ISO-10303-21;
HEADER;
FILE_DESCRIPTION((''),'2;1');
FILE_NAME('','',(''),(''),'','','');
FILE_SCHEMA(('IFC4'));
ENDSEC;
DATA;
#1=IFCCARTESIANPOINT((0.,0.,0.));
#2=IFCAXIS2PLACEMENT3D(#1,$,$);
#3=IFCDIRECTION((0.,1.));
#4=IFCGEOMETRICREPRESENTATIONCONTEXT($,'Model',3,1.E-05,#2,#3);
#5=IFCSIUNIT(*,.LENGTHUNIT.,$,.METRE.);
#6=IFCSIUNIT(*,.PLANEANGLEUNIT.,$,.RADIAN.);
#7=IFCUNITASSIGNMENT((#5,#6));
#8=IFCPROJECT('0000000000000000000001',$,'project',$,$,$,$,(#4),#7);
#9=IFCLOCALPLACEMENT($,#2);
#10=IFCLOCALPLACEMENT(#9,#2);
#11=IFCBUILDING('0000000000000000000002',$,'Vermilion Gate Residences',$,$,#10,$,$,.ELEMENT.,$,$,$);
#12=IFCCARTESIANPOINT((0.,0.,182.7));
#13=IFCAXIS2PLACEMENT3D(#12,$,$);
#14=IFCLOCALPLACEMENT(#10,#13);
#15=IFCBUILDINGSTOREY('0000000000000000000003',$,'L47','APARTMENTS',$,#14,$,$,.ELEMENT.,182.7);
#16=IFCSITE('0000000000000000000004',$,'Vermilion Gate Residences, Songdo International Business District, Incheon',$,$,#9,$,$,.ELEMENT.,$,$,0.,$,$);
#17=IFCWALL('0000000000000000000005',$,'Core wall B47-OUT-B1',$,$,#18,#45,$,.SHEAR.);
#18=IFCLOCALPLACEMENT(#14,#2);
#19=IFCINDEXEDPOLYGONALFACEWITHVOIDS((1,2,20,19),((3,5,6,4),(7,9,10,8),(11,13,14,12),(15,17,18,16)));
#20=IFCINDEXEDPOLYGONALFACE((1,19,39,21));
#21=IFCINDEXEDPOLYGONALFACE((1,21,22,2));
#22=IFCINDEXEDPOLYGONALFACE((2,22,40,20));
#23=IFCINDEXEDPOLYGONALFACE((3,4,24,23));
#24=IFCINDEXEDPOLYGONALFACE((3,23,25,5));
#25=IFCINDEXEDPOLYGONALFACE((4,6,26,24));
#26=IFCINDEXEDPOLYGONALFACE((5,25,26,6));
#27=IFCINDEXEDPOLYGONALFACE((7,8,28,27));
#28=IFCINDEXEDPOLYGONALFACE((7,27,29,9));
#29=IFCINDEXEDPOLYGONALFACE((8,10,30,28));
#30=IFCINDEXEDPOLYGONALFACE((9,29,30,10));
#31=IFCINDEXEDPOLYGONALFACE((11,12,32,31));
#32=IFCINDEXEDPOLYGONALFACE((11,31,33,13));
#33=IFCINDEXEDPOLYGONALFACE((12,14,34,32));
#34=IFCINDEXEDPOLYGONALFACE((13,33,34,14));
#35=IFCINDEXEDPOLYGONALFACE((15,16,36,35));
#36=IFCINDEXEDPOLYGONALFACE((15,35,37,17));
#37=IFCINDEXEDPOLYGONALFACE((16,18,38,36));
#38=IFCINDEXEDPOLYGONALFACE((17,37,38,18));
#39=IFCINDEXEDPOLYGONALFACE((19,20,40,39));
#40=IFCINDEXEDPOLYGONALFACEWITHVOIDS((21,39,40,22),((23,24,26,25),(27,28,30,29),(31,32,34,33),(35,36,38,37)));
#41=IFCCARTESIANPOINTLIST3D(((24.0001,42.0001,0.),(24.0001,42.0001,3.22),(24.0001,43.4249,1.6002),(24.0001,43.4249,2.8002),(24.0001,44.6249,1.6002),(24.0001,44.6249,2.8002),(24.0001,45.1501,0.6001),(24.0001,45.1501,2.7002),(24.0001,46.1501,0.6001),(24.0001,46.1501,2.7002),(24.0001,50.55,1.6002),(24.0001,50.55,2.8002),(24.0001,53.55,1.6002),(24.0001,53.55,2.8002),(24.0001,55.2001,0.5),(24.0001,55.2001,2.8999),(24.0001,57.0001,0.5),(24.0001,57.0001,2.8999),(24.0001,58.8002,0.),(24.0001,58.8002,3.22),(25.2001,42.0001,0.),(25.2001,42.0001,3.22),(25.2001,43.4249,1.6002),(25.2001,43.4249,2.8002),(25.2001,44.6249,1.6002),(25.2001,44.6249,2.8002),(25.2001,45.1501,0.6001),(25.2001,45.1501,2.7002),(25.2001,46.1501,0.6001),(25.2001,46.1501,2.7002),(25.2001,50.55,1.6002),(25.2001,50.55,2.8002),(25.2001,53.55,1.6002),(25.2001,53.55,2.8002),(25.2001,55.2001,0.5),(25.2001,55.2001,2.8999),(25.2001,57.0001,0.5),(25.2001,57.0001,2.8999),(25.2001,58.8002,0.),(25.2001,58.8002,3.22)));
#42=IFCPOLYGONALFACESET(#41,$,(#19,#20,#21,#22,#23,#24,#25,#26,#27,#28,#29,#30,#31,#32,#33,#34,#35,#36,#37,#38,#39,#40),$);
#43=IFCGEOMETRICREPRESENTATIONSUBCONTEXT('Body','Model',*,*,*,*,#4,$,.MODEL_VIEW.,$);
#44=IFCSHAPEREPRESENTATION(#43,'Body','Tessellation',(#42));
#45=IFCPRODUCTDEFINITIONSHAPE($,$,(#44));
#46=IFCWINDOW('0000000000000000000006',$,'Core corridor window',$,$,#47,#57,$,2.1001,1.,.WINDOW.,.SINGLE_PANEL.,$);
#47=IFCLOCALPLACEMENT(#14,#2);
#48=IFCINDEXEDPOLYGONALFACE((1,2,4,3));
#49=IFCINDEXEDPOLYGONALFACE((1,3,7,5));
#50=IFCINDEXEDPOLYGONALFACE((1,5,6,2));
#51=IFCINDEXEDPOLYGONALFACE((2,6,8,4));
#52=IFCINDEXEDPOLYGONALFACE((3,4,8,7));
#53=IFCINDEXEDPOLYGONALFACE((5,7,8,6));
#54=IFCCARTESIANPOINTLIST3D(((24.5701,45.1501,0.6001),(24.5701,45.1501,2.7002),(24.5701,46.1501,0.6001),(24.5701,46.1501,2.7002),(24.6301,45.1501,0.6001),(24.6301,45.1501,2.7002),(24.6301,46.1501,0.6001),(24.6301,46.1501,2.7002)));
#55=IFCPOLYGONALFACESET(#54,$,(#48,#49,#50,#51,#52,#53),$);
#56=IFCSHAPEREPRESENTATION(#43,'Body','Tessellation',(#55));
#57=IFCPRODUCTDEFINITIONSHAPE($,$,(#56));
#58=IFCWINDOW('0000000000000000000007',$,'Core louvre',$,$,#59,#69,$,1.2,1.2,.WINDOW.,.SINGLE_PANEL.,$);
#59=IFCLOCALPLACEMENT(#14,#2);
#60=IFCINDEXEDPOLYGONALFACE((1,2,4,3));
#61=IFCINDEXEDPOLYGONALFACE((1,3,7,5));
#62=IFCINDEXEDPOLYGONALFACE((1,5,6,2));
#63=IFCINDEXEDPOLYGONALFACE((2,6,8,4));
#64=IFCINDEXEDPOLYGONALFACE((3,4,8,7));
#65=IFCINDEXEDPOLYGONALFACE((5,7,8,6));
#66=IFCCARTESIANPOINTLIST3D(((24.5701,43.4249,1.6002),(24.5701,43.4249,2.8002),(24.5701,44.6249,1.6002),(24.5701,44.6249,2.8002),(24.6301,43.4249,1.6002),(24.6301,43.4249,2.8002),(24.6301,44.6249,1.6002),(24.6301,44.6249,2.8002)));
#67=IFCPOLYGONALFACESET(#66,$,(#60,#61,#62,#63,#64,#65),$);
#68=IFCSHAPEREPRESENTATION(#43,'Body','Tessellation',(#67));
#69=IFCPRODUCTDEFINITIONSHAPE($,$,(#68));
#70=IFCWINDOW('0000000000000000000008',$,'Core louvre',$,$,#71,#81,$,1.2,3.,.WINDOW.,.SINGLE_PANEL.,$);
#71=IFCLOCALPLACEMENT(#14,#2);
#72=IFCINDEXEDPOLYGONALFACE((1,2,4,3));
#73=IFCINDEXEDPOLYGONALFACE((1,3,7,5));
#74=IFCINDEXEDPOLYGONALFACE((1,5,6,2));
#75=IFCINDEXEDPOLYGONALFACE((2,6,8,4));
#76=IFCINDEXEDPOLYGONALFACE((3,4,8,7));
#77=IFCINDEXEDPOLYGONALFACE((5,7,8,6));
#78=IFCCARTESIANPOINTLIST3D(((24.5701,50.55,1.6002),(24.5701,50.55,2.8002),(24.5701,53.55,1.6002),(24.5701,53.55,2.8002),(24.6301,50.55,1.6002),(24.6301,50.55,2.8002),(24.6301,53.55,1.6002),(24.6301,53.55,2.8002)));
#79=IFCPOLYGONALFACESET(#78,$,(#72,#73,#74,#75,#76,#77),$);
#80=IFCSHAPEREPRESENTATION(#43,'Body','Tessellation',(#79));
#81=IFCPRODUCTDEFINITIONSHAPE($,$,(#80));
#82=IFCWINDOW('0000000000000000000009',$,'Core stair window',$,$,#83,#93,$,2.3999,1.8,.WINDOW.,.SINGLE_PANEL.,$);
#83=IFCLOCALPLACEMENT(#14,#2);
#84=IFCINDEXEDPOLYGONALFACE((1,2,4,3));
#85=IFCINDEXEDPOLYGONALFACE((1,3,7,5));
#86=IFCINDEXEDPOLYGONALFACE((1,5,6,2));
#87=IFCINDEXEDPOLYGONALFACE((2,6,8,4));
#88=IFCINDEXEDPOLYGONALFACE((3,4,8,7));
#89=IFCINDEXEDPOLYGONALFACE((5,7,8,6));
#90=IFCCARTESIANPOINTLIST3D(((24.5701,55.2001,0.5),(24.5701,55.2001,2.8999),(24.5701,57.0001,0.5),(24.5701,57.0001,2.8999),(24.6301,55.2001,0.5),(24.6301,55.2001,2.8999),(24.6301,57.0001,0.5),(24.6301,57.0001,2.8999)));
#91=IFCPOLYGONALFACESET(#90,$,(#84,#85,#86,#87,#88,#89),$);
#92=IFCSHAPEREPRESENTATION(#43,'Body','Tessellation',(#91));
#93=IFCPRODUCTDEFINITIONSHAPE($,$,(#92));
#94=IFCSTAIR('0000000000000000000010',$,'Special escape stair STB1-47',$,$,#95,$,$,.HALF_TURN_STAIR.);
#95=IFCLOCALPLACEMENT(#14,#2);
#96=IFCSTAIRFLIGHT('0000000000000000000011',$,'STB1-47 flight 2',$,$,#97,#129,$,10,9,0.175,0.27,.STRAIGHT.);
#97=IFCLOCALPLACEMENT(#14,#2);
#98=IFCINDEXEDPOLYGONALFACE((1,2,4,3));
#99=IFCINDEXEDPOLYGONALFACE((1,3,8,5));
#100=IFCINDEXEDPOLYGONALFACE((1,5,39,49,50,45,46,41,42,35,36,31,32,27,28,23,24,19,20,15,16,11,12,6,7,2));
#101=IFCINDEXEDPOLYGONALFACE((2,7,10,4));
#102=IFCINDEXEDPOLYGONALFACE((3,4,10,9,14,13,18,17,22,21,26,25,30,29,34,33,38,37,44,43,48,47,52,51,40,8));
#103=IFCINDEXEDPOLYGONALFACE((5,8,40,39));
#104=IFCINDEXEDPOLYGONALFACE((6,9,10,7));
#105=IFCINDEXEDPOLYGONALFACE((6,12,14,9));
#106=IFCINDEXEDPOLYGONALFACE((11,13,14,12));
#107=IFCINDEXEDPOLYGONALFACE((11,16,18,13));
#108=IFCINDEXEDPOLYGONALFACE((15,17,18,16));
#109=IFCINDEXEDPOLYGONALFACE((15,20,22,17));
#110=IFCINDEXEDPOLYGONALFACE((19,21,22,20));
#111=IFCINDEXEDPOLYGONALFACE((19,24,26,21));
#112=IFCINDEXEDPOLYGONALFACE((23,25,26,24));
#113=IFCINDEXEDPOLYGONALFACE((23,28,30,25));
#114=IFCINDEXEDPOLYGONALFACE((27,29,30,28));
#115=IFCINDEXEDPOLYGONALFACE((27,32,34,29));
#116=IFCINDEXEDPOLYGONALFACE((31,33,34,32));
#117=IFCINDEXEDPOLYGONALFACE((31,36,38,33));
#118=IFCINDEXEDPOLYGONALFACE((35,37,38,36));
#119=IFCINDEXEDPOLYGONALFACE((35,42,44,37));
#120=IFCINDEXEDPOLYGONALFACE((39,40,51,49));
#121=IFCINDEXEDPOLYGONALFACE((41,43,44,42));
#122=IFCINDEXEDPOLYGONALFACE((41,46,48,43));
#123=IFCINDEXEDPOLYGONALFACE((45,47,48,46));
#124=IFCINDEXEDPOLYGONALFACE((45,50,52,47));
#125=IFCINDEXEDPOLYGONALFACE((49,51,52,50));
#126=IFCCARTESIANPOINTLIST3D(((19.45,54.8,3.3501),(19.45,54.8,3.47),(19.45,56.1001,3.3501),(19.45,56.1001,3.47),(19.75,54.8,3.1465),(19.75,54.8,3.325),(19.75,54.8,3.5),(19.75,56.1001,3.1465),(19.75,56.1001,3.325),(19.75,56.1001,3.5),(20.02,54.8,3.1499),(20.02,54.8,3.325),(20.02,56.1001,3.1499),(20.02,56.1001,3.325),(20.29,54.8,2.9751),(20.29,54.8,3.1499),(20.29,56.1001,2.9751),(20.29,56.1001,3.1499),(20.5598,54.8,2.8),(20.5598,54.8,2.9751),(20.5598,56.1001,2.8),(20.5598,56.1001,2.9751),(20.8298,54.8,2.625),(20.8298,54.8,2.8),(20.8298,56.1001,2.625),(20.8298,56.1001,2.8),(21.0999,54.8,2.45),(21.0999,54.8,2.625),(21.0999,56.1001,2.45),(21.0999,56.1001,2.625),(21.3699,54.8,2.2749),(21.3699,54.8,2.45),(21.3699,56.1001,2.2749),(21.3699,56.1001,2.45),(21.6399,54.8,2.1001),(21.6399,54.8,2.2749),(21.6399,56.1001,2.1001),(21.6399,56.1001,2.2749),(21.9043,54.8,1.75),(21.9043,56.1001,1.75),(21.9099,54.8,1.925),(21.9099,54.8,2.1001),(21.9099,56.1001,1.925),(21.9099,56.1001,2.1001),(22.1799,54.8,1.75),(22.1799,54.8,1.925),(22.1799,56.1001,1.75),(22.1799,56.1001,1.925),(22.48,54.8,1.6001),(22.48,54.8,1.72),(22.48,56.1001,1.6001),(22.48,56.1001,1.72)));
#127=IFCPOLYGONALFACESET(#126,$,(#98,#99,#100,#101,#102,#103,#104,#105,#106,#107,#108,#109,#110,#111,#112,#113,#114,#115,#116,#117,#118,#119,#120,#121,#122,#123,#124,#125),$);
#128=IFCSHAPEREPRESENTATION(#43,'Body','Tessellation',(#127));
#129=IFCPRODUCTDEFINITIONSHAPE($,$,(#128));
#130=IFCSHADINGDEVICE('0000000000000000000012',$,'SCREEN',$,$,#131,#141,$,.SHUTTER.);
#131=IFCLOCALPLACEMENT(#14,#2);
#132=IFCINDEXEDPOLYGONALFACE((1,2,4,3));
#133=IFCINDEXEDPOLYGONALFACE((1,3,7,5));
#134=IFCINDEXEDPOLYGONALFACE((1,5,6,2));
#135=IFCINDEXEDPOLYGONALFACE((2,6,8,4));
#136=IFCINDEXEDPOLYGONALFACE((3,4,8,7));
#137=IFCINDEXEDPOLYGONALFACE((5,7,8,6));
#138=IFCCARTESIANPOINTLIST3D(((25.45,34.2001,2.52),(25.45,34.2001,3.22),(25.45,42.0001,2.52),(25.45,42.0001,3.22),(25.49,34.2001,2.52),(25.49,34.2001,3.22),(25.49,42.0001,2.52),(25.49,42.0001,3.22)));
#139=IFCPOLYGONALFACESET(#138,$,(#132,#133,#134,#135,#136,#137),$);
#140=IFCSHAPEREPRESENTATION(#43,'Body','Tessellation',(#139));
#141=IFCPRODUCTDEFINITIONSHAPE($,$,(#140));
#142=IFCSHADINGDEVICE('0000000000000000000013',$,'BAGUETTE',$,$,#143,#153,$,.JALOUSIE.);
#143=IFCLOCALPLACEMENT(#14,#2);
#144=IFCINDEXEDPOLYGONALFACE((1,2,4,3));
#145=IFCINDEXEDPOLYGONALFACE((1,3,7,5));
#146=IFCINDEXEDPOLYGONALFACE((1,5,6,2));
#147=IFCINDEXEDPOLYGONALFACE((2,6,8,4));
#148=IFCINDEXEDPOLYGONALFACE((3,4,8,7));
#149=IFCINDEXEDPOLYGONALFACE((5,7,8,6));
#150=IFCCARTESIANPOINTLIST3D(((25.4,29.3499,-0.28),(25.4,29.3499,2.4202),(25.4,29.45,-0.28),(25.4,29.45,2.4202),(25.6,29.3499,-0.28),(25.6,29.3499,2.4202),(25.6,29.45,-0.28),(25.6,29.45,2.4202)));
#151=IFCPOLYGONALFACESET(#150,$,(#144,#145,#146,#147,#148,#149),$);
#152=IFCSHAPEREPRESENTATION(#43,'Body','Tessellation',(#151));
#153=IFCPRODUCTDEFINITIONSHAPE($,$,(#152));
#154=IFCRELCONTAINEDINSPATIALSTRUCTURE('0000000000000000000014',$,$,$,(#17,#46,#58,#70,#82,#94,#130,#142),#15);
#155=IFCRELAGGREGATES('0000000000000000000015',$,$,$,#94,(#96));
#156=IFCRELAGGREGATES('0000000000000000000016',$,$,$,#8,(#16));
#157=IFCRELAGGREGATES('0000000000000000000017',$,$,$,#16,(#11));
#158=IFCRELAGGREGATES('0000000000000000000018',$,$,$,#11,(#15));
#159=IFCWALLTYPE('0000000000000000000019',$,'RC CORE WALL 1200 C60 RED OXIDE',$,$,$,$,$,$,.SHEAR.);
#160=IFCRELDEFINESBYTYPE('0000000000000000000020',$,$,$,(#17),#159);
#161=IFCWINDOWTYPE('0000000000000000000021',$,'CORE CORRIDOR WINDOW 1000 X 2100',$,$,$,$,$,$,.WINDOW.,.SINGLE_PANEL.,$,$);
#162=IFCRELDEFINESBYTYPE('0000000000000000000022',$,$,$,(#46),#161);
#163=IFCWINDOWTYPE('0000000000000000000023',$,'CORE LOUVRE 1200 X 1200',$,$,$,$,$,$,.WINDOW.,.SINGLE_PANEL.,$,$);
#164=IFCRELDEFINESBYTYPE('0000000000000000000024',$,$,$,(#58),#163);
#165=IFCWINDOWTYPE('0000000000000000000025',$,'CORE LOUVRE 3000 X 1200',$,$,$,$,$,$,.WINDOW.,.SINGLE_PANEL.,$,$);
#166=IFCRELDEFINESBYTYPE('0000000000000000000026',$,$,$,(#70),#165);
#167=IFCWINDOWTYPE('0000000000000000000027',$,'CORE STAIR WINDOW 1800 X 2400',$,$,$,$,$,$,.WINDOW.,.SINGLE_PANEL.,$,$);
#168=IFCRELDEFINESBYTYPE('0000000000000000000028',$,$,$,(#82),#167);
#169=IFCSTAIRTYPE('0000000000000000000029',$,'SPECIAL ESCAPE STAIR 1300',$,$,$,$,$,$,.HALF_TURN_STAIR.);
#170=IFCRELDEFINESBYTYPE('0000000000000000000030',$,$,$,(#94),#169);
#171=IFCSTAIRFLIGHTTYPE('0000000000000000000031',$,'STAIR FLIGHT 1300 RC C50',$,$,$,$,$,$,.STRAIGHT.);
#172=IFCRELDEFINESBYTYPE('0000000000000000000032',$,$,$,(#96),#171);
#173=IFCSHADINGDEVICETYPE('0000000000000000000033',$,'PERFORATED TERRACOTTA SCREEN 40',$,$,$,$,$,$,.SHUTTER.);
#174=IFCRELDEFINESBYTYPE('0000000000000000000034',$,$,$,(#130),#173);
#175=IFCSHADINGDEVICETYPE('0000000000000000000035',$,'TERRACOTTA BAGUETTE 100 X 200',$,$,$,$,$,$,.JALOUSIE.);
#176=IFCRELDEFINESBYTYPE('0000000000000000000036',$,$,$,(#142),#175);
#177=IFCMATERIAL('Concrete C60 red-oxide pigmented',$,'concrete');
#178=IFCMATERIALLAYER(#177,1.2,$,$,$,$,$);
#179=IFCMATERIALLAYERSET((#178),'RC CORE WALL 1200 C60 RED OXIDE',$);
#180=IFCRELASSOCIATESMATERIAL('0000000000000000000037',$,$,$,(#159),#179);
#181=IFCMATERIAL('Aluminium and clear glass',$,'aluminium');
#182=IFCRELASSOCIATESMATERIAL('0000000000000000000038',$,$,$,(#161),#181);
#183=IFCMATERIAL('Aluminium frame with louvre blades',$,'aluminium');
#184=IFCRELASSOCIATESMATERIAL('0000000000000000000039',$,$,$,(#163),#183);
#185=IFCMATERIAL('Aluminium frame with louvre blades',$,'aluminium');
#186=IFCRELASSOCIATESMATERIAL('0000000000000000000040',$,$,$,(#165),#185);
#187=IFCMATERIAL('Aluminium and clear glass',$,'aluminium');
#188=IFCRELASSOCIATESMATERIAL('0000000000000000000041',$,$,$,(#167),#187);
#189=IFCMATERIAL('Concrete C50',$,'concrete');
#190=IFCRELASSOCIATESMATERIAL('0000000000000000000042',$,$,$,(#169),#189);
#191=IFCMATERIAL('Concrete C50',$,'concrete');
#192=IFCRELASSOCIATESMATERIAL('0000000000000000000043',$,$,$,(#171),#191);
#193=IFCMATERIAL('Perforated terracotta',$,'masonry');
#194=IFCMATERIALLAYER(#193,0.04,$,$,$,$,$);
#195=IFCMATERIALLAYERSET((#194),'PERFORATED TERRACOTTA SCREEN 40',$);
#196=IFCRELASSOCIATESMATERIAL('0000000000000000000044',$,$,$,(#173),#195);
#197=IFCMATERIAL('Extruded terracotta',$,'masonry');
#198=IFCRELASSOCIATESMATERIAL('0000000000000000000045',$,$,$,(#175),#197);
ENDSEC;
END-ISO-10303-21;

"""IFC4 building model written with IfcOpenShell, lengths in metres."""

from ifc_helpers import new_model, si_unit, direction, frame, frame_2d, origin, origin_2d, place, context, subcontext, project, spatial, polyline, rectangle, outline, extrude, material, layer, layer_set, material_profile, profile_set, type_object, element, fill, aggregate, save


model = new_model("IFC4")

# Units and contexts
model_context = context("Model", 3, precision=1e-05, world=origin(), true_north=direction((0.0, 1.0)))
body_context = subcontext(model_context, "Body", "Model", "MODEL_VIEW")
ifc_project = project(units=[si_unit("LENGTHUNIT", "METRE"), si_unit("PLANEANGLEUNIT", "RADIAN")], contexts=[model_context])

# Site, building, storey
site_placement = place(None, origin())
site = spatial("IfcSite", under=ifc_project, at=site_placement, Name="Vermilion Gate Residences, Songdo International Business District, Incheon", CompositionType="ELEMENT", RefElevation=0.0)
building_placement = place(site_placement, origin())
building = spatial("IfcBuilding", under=site, at=building_placement, Name="Vermilion Gate Residences", CompositionType="ELEMENT")
storey_placement = place(building_placement, frame((0.0, 0.0, 182.7)))
storey = spatial("IfcBuildingStorey", under=building, at=storey_placement, Name="L47", Description="APARTMENTS", CompositionType="ELEMENT", Elevation=182.7)

# Wall, openings, windows
ifc_material_1 = material(Name="Concrete C60 red-oxide pigmented", Category="concrete")
ifc_layer_1 = layer(ifc_material_1, 1.2)
ifc_layer_set_1 = layer_set([ifc_layer_1], Name="RC CORE WALL 1200 C60 RED OXIDE")
wall_type_1 = type_object("IfcWallType", Name="RC CORE WALL 1200 C60 RED OXIDE", PredefinedType="SHEAR", material=ifc_layer_set_1)
wall_1_placement = place(storey_placement, frame((24.6001, 58.8, 0.0), z_axis=(0.0, 0.0, 1.0), x_axis=(0.0, -1.0, 0.0)))
wall_1 = element("IfcWall", 1, at=wall_1_placement, inside=storey, type_object=wall_type_1, Name="Core wall B47-OUT-B1", PredefinedType="SHEAR", context=body_context, shape_type="SweptSolid", body=[
    extrude(rectangle(XDim=16.8, YDim=1.2, at=frame_2d((8.3999, 0.0))), origin(), (0.0, 0.0, 1.0), 3.22),
])
opening_1_placement = place(wall_1_placement, frame((1.8, 0.0, 0.5)))
opening_1 = element("IfcOpeningElement", 2, at=opening_1_placement, cuts=wall_1, PredefinedType="OPENING", context=body_context, shape_type="SweptSolid", body=[
    extrude(rectangle(XDim=1.8, YDim=2.3999, at=frame_2d((0.8999, 1.2))), frame((0.0, 0.6099, 0.0), z_axis=(0.0, -1.0, 0.0), x_axis=(1.0, 0.0, 0.0)), (0.0, 0.0, 1.0), 1.22),
])
opening_2_placement = place(wall_1_placement, frame((5.25, 0.0, 1.6001)))
opening_2 = element("IfcOpeningElement", 3, at=opening_2_placement, cuts=wall_1, PredefinedType="OPENING", context=body_context, shape_type="SweptSolid", body=[
    extrude(rectangle(XDim=3.0, YDim=1.2, at=frame_2d((1.5, 0.6001))), frame((0.0, 0.6099, 0.0), z_axis=(0.0, -1.0, 0.0), x_axis=(1.0, 0.0, 0.0)), (0.0, 0.0, 1.0), 1.22),
])
opening_3_placement = place(wall_1_placement, frame((12.6499, 0.0, 0.6001)))
opening_3 = element("IfcOpeningElement", 4, at=opening_3_placement, cuts=wall_1, PredefinedType="OPENING", context=body_context, shape_type="SweptSolid", body=[
    extrude(rectangle(XDim=1.0, YDim=2.1001, at=frame_2d((0.5, 1.05))), frame((0.0, 0.6099, 0.0), z_axis=(0.0, -1.0, 0.0), x_axis=(1.0, 0.0, 0.0)), (0.0, 0.0, 1.0), 1.22),
])
opening_4_placement = place(wall_1_placement, frame((14.175, 0.0, 1.6001)))
opening_4 = element("IfcOpeningElement", 5, at=opening_4_placement, cuts=wall_1, PredefinedType="OPENING", context=body_context, shape_type="SweptSolid", body=[
    extrude(rectangle(XDim=1.2, YDim=1.2, at=frame_2d((0.6001, 0.6001))), frame((0.0, 0.6099, 0.0), z_axis=(0.0, -1.0, 0.0), x_axis=(1.0, 0.0, 0.0)), (0.0, 0.0, 1.0), 1.22),
])
ifc_material_2 = material(Name="Aluminium and clear glass", Category="aluminium")
window_type_1 = type_object("IfcWindowType", Name="CORE CORRIDOR WINDOW 1000 X 2100", PartitioningType="SINGLE_PANEL", PredefinedType="WINDOW", material=ifc_material_2)
window_1_placement = place(opening_3_placement, origin())
window_1 = element("IfcWindow", 6, at=window_1_placement, inside=storey, type_object=window_type_1, Name="Core corridor window", OverallHeight=2.1001, OverallWidth=1.0, PartitioningType="SINGLE_PANEL", PredefinedType="WINDOW", context=body_context, shape_type="SweptSolid", body=[
    extrude(rectangle(XDim=1.0, YDim=2.1001, at=frame_2d((0.5, 1.05))), frame((0.0, 0.03, 0.0), z_axis=(0.0, -1.0, 0.0), x_axis=(1.0, 0.0, 0.0)), (0.0, 0.0, 1.0), 0.0601),
])
fill(opening_3, window_1)
ifc_material_3 = material(Name="Aluminium frame with louvre blades", Category="aluminium")
window_type_2 = type_object("IfcWindowType", Name="CORE LOUVRE 1200 X 1200", PartitioningType="SINGLE_PANEL", PredefinedType="WINDOW", material=ifc_material_3)
window_2_placement = place(opening_4_placement, origin())
window_2 = element("IfcWindow", 7, at=window_2_placement, inside=storey, type_object=window_type_2, Name="Core louvre", OverallHeight=1.2, OverallWidth=1.2, PartitioningType="SINGLE_PANEL", PredefinedType="WINDOW", context=body_context, shape_type="SweptSolid", body=[
    extrude(rectangle(XDim=1.2, YDim=1.2, at=frame_2d((0.6001, 0.6001))), frame((0.0, 0.03, 0.0), z_axis=(0.0, -1.0, 0.0), x_axis=(1.0, 0.0, 0.0)), (0.0, 0.0, 1.0), 0.0601),
])
fill(opening_4, window_2)
ifc_material_4 = material(Name="Aluminium frame with louvre blades", Category="aluminium")
window_type_3 = type_object("IfcWindowType", Name="CORE LOUVRE 3000 X 1200", PartitioningType="SINGLE_PANEL", PredefinedType="WINDOW", material=ifc_material_4)
window_3_placement = place(opening_2_placement, origin())
window_3 = element("IfcWindow", 8, at=window_3_placement, inside=storey, type_object=window_type_3, Name="Core louvre", OverallHeight=1.2, OverallWidth=3.0, PartitioningType="SINGLE_PANEL", PredefinedType="WINDOW", context=body_context, shape_type="SweptSolid", body=[
    extrude(rectangle(XDim=3.0, YDim=1.2, at=frame_2d((1.5, 0.6001))), frame((0.0, 0.03, 0.0), z_axis=(0.0, -1.0, 0.0), x_axis=(1.0, 0.0, 0.0)), (0.0, 0.0, 1.0), 0.0601),
])
fill(opening_2, window_3)
ifc_material_5 = material(Name="Aluminium and clear glass", Category="aluminium")
window_type_4 = type_object("IfcWindowType", Name="CORE STAIR WINDOW 1800 X 2400", PartitioningType="SINGLE_PANEL", PredefinedType="WINDOW", material=ifc_material_5)
window_4_placement = place(opening_1_placement, origin())
window_4 = element("IfcWindow", 9, at=window_4_placement, inside=storey, type_object=window_type_4, Name="Core stair window", OverallHeight=2.3999, OverallWidth=1.8, PartitioningType="SINGLE_PANEL", PredefinedType="WINDOW", context=body_context, shape_type="SweptSolid", body=[
    extrude(rectangle(XDim=1.8, YDim=2.3999, at=frame_2d((0.8999, 1.2))), frame((0.0, 0.03, 0.0), z_axis=(0.0, -1.0, 0.0), x_axis=(1.0, 0.0, 0.0)), (0.0, 0.0, 1.0), 0.0601),
])
fill(opening_1, window_4)

# Stair, stair flight
ifc_material_6 = material(Name="Concrete C50", Category="concrete")
stair_type = type_object("IfcStairType", Name="SPECIAL ESCAPE STAIR 1300", PredefinedType="HALF_TURN_STAIR", material=ifc_material_6)
stair_placement = place(storey_placement, origin())
stair = element("IfcStair", 10, at=stair_placement, inside=storey, type_object=stair_type, Name="Special escape stair STB1-47", PredefinedType="HALF_TURN_STAIR")
ifc_material_7 = material(Name="Concrete C50", Category="concrete")
stair_flight_type = type_object("IfcStairFlightType", Name="STAIR FLIGHT 1300 RC C50", PredefinedType="STRAIGHT", material=ifc_material_7)
stair_flight_placement = place(storey_placement, frame((22.1799, 55.45, 1.75), z_axis=(0.0, 0.0, 1.0), x_axis=(-1.0, 0.0, 0.0)))
stair_flight = element("IfcStairFlight", 11, at=stair_flight_placement, type_object=stair_flight_type, Name="STB1-47 flight 2", NumberOfRisers=10, NumberOfTreads=9, PredefinedType="STRAIGHT", RiserHeight=0.175, TreadLength=0.27, context=body_context, shape_type="SweptSolid", body=[
    extrude(outline(polyline([(-0.3, -0.1499), (-0.3, -0.03), (0.0, 0.0), (0.0, 0.175), (0.27, 0.175), (0.27, 0.3501), (0.54, 0.3501), (0.54, 0.5249), (0.8101, 0.5249), (0.8101, 0.7), (1.0801, 0.7), (1.0801, 0.875), (1.3501, 0.875), (1.3501, 1.05), (1.6201, 1.05), (1.6201, 1.2251), (1.8899, 1.2251), (1.8899, 1.3999), (2.1599, 1.3999), (2.1599, 1.575), (2.4299, 1.575), (2.4299, 1.75), (2.73, 1.72), (2.73, 1.6001), (2.4299, 1.3965), (0.2756, 0.0), (-0.3, -0.1499)])), frame((0.0, 0.6499, 0.0), z_axis=(0.0, -1.0, 0.0), x_axis=(1.0, 0.0, 0.0)), (0.0, 0.0, 1.0), 1.3),
])
aggregate(stair, [stair_flight])

# Shading devices
ifc_material_8 = material(Name="Perforated terracotta", Category="masonry")
ifc_layer_2 = layer(ifc_material_8, 0.04)
ifc_layer_set_2 = layer_set([ifc_layer_2], Name="PERFORATED TERRACOTTA SCREEN 40")
shading_device_type_1 = type_object("IfcShadingDeviceType", Name="PERFORATED TERRACOTTA SCREEN 40", PredefinedType="SHUTTER", material=ifc_layer_set_2)
shading_device_1_placement = place(storey_placement, frame((25.47, 38.1001, 2.52), z_axis=(0.0, 0.0, 1.0), x_axis=(0.0, 1.0, 0.0)))
element("IfcShadingDevice", 12, at=shading_device_1_placement, inside=storey, type_object=shading_device_type_1, Name="SCREEN", PredefinedType="SHUTTER", context=body_context, shape_type="SweptSolid", body=[
    extrude(rectangle(XDim=7.8, YDim=0.04, at=origin_2d()), origin(), (0.0, 0.0, 1.0), 0.7),
])
ifc_material_9 = material(Name="Extruded terracotta", Category="masonry")
ifc_material_profile_1 = material_profile(ifc_material_9, rectangle(XDim=0.2, YDim=0.1001, at=origin_2d()), Name="BAGUETTE 100 X 200")
ifc_profile_set_1 = profile_set([ifc_material_profile_1], Name="Extruded terracotta")
shading_device_type_2 = type_object("IfcShadingDeviceType", Name="TERRACOTTA BAGUETTE 100 X 200", PredefinedType="JALOUSIE", material=ifc_profile_set_1)
shading_device_2_placement = place(storey_placement, frame((25.5, 29.3999, -0.28), z_axis=(0.0, 0.0, 1.0), x_axis=(-1.0, 0.0, 0.0)))
element("IfcShadingDevice", 13, at=shading_device_2_placement, inside=storey, type_object=shading_device_type_2, Name="BAGUETTE", PredefinedType="JALOUSIE", context=body_context, shape_type="SweptSolid", body=[
    extrude(rectangle(XDim=0.2, YDim=0.1001, at=origin_2d()), origin(), (0.0, 0.0, 1.0), 2.7002),
])

save(model, "model.ifc")
